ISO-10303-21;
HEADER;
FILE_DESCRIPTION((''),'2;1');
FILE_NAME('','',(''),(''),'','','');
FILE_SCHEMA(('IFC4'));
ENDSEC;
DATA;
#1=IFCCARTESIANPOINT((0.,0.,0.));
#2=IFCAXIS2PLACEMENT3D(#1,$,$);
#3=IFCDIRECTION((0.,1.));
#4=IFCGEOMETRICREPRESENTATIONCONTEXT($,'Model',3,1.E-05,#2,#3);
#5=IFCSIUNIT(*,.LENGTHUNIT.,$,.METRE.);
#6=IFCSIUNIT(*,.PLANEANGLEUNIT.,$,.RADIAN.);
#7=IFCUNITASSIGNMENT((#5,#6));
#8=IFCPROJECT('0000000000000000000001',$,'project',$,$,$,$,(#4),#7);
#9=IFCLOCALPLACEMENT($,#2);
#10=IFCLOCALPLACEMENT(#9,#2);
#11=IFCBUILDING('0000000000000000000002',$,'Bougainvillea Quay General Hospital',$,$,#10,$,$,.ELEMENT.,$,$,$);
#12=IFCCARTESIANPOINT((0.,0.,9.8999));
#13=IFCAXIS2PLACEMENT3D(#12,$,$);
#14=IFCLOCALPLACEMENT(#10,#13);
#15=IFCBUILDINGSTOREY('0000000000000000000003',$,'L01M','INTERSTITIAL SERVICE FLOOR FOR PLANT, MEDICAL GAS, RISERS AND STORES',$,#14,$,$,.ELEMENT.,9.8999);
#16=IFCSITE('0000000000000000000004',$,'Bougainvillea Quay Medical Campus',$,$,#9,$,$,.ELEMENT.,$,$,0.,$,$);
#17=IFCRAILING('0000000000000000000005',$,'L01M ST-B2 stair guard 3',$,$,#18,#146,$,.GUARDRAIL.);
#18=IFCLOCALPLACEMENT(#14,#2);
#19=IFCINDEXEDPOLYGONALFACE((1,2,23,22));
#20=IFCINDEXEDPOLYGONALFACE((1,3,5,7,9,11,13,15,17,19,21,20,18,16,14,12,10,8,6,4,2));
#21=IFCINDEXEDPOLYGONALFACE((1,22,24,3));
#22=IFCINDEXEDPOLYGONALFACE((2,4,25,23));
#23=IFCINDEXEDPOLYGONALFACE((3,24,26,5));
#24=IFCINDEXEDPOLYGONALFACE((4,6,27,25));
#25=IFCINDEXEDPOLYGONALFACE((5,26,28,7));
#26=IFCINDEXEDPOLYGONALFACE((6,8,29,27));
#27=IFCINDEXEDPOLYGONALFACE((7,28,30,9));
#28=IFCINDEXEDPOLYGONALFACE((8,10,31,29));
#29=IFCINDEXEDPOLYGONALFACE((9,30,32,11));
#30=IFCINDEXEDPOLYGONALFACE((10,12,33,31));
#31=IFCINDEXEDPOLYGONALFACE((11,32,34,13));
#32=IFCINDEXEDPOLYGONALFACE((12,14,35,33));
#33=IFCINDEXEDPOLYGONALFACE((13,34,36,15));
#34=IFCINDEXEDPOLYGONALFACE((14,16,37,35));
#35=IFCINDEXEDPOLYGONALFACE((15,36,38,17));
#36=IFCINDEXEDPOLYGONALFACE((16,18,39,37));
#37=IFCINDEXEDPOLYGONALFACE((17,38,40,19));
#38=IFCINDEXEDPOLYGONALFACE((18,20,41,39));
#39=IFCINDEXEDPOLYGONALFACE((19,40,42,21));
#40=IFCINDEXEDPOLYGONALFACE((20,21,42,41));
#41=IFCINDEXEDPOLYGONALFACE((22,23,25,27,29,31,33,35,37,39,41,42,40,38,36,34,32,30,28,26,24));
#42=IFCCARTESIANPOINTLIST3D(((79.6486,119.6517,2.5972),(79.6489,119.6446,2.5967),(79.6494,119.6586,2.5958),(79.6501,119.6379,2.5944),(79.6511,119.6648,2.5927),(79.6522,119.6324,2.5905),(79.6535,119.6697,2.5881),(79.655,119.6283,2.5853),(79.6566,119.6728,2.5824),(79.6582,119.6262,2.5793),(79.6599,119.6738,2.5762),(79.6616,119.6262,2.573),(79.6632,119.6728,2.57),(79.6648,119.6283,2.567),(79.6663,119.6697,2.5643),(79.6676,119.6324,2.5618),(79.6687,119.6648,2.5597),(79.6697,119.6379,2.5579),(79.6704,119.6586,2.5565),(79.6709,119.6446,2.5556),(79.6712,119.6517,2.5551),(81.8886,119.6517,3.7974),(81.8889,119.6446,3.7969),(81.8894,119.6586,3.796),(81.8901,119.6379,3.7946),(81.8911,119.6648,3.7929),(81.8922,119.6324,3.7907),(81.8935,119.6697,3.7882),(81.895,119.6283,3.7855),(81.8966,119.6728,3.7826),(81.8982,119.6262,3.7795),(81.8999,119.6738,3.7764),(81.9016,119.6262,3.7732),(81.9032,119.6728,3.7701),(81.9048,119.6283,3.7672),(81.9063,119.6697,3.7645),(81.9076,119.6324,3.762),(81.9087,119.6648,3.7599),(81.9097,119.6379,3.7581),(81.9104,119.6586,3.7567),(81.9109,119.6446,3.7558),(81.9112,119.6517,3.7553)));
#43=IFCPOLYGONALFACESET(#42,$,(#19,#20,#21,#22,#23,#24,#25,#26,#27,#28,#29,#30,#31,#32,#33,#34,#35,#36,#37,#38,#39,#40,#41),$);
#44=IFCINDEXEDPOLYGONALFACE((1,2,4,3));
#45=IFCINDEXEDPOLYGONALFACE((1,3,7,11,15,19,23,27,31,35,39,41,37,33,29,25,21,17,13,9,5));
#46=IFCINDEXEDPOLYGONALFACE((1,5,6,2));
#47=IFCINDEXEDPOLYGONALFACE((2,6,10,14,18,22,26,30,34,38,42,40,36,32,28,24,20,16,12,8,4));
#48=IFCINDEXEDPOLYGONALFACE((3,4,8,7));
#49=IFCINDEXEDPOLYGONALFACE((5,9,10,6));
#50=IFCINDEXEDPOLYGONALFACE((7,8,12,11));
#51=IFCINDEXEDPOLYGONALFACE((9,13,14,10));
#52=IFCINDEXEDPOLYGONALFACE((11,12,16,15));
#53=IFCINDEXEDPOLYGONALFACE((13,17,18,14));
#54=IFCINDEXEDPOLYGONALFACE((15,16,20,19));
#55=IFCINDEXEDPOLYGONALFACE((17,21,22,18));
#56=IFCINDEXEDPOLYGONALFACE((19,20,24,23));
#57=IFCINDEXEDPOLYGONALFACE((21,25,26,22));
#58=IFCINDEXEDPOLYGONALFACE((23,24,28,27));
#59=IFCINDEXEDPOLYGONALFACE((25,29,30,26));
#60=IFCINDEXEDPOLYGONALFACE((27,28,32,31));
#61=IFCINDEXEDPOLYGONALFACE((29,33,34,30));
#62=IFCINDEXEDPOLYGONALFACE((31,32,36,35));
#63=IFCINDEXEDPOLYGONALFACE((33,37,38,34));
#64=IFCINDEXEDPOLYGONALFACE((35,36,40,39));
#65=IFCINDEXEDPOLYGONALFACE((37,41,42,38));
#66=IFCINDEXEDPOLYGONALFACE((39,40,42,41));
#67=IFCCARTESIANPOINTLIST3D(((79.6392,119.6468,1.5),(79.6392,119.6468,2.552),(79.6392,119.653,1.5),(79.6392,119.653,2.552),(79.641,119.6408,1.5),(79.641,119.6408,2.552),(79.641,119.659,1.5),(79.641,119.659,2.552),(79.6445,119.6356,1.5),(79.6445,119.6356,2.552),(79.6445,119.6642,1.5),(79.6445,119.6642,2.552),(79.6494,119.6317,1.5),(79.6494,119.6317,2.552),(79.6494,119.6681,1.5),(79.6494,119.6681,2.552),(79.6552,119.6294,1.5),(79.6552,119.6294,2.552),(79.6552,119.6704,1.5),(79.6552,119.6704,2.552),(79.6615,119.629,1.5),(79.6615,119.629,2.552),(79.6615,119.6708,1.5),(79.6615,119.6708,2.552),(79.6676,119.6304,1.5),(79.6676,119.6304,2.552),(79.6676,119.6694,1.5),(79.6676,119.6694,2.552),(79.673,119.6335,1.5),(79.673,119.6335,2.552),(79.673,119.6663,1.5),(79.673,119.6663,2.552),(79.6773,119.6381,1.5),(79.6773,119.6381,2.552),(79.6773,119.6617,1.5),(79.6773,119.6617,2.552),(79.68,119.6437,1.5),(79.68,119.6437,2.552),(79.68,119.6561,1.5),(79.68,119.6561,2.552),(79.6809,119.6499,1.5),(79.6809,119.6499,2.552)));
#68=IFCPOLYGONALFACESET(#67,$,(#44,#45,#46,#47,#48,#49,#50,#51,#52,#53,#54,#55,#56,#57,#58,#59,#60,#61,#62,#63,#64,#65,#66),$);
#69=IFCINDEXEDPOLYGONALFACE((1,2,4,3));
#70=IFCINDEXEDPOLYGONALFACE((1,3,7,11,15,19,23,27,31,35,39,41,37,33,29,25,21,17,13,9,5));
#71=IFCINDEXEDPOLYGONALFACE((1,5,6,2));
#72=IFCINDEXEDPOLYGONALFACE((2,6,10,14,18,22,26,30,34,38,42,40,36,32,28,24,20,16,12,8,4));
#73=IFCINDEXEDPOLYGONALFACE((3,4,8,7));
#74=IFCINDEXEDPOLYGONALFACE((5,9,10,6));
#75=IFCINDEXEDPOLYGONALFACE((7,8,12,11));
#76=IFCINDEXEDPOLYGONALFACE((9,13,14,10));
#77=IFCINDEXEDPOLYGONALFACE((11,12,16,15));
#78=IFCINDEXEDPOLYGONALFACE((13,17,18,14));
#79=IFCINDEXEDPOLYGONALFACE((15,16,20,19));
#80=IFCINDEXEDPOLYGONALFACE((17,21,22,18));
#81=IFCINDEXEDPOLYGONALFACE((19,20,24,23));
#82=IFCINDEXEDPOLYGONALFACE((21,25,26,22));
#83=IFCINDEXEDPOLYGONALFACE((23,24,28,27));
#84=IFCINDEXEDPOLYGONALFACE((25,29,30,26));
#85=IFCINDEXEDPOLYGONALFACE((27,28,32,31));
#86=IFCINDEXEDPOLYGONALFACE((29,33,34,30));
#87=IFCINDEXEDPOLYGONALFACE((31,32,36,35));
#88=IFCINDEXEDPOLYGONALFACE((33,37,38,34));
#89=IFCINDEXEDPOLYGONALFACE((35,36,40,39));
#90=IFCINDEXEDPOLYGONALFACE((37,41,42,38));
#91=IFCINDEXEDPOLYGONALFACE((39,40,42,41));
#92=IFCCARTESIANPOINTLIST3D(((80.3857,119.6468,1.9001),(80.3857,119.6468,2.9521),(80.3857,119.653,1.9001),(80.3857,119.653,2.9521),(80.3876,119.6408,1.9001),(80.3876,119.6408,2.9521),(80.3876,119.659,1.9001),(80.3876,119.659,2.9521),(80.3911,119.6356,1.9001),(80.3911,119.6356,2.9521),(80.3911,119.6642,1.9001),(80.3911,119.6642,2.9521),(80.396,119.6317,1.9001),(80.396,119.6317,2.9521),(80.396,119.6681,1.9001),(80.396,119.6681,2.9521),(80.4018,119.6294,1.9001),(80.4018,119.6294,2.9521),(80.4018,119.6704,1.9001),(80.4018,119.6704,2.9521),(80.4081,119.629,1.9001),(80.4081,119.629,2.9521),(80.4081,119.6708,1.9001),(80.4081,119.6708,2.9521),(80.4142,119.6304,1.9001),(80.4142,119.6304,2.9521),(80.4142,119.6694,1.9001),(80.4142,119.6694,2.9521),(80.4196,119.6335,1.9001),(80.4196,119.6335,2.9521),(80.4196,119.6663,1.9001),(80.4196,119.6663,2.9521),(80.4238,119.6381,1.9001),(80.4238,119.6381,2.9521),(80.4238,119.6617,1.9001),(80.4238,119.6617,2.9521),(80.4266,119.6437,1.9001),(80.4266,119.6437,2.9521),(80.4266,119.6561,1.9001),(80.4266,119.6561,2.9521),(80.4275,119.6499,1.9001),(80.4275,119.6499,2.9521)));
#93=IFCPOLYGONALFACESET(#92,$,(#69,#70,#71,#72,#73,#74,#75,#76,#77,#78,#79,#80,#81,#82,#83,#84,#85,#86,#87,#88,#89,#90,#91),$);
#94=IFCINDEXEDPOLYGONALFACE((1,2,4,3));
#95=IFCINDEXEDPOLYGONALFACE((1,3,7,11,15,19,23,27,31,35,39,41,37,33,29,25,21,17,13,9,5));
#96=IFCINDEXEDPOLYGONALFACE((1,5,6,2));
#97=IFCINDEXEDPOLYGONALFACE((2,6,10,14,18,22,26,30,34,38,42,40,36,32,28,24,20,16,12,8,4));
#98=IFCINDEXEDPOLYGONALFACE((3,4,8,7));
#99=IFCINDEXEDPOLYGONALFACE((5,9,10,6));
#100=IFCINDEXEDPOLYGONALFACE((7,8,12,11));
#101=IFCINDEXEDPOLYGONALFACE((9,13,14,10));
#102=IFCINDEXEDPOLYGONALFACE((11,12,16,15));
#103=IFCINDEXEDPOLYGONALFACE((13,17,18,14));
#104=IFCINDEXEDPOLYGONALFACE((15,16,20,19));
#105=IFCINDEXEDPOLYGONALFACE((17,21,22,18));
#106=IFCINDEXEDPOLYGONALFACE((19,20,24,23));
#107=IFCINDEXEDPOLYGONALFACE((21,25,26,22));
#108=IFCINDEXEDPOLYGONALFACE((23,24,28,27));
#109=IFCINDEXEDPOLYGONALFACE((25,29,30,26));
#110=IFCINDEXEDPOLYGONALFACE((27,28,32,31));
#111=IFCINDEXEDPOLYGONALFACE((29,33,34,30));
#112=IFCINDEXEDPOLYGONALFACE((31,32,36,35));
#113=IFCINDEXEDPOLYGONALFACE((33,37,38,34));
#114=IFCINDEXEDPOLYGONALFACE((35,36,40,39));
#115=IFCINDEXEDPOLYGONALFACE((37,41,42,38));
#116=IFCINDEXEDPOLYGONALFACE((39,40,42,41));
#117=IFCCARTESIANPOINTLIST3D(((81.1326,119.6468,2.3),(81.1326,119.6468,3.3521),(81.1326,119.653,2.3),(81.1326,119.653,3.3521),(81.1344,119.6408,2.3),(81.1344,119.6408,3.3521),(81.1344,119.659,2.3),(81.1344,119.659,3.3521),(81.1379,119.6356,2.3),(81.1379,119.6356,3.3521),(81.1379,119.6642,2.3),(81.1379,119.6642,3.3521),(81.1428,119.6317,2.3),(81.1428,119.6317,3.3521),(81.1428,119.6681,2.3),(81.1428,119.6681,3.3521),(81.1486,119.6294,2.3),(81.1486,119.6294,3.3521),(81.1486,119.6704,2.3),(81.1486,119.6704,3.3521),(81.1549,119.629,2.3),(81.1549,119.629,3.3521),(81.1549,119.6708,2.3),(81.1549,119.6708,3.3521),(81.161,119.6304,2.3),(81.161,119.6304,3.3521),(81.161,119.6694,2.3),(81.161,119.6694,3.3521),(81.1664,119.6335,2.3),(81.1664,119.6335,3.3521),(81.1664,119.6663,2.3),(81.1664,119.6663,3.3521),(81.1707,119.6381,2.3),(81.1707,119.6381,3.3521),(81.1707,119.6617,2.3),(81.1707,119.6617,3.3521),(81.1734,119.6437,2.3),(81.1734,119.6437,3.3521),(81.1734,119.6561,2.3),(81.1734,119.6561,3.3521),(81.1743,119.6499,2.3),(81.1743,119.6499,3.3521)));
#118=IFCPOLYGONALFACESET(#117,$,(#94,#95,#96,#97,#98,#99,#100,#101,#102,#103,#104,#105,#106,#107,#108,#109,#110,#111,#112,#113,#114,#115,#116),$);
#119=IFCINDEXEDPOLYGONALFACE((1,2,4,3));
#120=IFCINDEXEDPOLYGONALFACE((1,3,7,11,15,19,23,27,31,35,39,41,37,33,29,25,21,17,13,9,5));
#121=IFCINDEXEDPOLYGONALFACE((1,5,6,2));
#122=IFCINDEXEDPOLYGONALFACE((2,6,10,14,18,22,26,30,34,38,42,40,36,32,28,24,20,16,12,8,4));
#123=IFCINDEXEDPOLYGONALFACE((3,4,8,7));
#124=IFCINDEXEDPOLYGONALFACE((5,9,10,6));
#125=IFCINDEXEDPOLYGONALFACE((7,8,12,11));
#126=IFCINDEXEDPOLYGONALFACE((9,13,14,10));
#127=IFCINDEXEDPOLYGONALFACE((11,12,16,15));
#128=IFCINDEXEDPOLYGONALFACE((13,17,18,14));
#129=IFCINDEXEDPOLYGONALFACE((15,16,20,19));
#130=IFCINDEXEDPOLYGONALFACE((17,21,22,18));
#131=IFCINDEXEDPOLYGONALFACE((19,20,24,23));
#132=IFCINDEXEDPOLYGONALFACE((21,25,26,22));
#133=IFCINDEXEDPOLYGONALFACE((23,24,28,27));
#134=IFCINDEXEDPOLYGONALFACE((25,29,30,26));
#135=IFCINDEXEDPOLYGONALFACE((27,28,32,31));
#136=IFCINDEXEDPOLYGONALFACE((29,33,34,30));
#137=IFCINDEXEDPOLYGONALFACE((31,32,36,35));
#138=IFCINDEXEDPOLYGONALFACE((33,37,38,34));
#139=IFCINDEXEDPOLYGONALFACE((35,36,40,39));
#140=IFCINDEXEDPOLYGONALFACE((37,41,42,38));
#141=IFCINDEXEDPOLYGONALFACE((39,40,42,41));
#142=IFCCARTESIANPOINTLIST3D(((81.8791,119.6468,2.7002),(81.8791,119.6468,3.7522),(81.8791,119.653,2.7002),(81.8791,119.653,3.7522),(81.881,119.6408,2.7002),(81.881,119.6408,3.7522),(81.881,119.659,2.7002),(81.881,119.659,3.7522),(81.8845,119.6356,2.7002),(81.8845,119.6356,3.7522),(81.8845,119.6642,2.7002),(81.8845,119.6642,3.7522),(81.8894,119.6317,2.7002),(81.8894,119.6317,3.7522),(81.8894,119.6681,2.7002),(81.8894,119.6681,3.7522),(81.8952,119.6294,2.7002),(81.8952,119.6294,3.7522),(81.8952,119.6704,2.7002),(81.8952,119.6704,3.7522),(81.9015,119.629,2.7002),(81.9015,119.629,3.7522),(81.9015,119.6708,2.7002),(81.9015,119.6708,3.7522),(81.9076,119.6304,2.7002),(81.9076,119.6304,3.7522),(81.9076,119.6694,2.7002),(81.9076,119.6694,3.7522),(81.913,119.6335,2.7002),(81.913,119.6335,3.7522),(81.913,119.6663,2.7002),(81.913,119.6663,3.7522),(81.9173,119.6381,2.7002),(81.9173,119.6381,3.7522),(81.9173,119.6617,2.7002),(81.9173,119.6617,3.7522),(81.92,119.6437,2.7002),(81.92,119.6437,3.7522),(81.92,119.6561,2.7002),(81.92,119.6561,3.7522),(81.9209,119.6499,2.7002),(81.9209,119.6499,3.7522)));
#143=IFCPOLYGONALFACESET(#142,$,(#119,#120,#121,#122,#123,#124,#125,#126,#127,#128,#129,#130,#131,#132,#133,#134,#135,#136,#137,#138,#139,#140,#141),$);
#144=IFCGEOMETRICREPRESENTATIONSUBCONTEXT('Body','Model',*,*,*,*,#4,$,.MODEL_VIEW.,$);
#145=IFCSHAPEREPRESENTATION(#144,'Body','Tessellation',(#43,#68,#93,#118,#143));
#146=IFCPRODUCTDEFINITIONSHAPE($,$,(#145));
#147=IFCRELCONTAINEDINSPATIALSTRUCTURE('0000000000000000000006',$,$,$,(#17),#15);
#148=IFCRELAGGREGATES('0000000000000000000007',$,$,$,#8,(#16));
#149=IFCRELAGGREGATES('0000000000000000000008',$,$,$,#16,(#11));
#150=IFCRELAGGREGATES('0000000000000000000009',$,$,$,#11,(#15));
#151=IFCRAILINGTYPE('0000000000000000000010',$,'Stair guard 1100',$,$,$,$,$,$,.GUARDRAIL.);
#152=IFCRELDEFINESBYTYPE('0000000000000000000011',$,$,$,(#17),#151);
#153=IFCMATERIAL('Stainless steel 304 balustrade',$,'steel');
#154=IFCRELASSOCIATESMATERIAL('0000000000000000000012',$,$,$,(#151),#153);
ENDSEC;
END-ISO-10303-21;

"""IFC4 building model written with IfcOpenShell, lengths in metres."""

from ifc_helpers import new_model, si_unit, direction, frame, origin, origin_2d, place, context, subcontext, project, spatial, circle, extrude, material, type_object, element, save


model = new_model("IFC4")

# Units and contexts
model_context = context("Model", 3, precision=1e-05, world=origin(), true_north=direction((0.0, 1.0)))
body_context = subcontext(model_context, "Body", "Model", "MODEL_VIEW")
ifc_project = project(units=[si_unit("LENGTHUNIT", "METRE"), si_unit("PLANEANGLEUNIT", "RADIAN")], contexts=[model_context])

# Site, building, storey
site_placement = place(None, origin())
site = spatial("IfcSite", under=ifc_project, at=site_placement, Name="Bougainvillea Quay Medical Campus", CompositionType="ELEMENT", RefElevation=0.0)
building_placement = place(site_placement, origin())
building = spatial("IfcBuilding", under=site, at=building_placement, Name="Bougainvillea Quay General Hospital", CompositionType="ELEMENT")
storey_placement = place(building_placement, frame((0.0, 0.0, 9.8999)))
storey = spatial("IfcBuildingStorey", under=building, at=storey_placement, Name="L01M", Description="INTERSTITIAL SERVICE FLOOR FOR PLANT, MEDICAL GAS, RISERS AND STORES", CompositionType="ELEMENT", Elevation=9.8999)

# Railing
ifc_material_1 = material(Name="Stainless steel 304 balustrade", Category="steel")
railing_type_1 = type_object("IfcRailingType", Name="Stair guard 1100", PredefinedType="GUARDRAIL", material=ifc_material_1)
railing_1_placement = place(storey_placement, frame((79.6599, 119.6499, 1.5)))
element("IfcRailing", 1, at=railing_1_placement, inside=storey, type_object=railing_type_1, Name="L01M ST-B2 stair guard 3", PredefinedType="GUARDRAIL", context=body_context, shape_type="SweptSolid", body=[
    extrude(circle(Radius=0.0239, at=origin_2d()), frame((0.0, 0.0, 1.0762), z_axis=(0.881447, 0.0, 0.472283), x_axis=(0.0, 1.0, 0.0)), (0.0, 0.0, 1.0), 2.5413),
    extrude(circle(Radius=0.021, at=origin_2d()), origin(), (0.0, 0.0, 1.0), 1.052),
    extrude(circle(Radius=0.021, at=origin_2d()), frame((0.7466, 0.0, 0.4001)), (0.0, 0.0, 1.0), 1.052),
    extrude(circle(Radius=0.021, at=origin_2d()), frame((1.4934, 0.0, 0.8)), (0.0, 0.0, 1.0), 1.052),
    extrude(circle(Radius=0.021, at=origin_2d()), frame((2.24, 0.0, 1.2002)), (0.0, 0.0, 1.0), 1.052),
])

save(model, "model.ifc")
